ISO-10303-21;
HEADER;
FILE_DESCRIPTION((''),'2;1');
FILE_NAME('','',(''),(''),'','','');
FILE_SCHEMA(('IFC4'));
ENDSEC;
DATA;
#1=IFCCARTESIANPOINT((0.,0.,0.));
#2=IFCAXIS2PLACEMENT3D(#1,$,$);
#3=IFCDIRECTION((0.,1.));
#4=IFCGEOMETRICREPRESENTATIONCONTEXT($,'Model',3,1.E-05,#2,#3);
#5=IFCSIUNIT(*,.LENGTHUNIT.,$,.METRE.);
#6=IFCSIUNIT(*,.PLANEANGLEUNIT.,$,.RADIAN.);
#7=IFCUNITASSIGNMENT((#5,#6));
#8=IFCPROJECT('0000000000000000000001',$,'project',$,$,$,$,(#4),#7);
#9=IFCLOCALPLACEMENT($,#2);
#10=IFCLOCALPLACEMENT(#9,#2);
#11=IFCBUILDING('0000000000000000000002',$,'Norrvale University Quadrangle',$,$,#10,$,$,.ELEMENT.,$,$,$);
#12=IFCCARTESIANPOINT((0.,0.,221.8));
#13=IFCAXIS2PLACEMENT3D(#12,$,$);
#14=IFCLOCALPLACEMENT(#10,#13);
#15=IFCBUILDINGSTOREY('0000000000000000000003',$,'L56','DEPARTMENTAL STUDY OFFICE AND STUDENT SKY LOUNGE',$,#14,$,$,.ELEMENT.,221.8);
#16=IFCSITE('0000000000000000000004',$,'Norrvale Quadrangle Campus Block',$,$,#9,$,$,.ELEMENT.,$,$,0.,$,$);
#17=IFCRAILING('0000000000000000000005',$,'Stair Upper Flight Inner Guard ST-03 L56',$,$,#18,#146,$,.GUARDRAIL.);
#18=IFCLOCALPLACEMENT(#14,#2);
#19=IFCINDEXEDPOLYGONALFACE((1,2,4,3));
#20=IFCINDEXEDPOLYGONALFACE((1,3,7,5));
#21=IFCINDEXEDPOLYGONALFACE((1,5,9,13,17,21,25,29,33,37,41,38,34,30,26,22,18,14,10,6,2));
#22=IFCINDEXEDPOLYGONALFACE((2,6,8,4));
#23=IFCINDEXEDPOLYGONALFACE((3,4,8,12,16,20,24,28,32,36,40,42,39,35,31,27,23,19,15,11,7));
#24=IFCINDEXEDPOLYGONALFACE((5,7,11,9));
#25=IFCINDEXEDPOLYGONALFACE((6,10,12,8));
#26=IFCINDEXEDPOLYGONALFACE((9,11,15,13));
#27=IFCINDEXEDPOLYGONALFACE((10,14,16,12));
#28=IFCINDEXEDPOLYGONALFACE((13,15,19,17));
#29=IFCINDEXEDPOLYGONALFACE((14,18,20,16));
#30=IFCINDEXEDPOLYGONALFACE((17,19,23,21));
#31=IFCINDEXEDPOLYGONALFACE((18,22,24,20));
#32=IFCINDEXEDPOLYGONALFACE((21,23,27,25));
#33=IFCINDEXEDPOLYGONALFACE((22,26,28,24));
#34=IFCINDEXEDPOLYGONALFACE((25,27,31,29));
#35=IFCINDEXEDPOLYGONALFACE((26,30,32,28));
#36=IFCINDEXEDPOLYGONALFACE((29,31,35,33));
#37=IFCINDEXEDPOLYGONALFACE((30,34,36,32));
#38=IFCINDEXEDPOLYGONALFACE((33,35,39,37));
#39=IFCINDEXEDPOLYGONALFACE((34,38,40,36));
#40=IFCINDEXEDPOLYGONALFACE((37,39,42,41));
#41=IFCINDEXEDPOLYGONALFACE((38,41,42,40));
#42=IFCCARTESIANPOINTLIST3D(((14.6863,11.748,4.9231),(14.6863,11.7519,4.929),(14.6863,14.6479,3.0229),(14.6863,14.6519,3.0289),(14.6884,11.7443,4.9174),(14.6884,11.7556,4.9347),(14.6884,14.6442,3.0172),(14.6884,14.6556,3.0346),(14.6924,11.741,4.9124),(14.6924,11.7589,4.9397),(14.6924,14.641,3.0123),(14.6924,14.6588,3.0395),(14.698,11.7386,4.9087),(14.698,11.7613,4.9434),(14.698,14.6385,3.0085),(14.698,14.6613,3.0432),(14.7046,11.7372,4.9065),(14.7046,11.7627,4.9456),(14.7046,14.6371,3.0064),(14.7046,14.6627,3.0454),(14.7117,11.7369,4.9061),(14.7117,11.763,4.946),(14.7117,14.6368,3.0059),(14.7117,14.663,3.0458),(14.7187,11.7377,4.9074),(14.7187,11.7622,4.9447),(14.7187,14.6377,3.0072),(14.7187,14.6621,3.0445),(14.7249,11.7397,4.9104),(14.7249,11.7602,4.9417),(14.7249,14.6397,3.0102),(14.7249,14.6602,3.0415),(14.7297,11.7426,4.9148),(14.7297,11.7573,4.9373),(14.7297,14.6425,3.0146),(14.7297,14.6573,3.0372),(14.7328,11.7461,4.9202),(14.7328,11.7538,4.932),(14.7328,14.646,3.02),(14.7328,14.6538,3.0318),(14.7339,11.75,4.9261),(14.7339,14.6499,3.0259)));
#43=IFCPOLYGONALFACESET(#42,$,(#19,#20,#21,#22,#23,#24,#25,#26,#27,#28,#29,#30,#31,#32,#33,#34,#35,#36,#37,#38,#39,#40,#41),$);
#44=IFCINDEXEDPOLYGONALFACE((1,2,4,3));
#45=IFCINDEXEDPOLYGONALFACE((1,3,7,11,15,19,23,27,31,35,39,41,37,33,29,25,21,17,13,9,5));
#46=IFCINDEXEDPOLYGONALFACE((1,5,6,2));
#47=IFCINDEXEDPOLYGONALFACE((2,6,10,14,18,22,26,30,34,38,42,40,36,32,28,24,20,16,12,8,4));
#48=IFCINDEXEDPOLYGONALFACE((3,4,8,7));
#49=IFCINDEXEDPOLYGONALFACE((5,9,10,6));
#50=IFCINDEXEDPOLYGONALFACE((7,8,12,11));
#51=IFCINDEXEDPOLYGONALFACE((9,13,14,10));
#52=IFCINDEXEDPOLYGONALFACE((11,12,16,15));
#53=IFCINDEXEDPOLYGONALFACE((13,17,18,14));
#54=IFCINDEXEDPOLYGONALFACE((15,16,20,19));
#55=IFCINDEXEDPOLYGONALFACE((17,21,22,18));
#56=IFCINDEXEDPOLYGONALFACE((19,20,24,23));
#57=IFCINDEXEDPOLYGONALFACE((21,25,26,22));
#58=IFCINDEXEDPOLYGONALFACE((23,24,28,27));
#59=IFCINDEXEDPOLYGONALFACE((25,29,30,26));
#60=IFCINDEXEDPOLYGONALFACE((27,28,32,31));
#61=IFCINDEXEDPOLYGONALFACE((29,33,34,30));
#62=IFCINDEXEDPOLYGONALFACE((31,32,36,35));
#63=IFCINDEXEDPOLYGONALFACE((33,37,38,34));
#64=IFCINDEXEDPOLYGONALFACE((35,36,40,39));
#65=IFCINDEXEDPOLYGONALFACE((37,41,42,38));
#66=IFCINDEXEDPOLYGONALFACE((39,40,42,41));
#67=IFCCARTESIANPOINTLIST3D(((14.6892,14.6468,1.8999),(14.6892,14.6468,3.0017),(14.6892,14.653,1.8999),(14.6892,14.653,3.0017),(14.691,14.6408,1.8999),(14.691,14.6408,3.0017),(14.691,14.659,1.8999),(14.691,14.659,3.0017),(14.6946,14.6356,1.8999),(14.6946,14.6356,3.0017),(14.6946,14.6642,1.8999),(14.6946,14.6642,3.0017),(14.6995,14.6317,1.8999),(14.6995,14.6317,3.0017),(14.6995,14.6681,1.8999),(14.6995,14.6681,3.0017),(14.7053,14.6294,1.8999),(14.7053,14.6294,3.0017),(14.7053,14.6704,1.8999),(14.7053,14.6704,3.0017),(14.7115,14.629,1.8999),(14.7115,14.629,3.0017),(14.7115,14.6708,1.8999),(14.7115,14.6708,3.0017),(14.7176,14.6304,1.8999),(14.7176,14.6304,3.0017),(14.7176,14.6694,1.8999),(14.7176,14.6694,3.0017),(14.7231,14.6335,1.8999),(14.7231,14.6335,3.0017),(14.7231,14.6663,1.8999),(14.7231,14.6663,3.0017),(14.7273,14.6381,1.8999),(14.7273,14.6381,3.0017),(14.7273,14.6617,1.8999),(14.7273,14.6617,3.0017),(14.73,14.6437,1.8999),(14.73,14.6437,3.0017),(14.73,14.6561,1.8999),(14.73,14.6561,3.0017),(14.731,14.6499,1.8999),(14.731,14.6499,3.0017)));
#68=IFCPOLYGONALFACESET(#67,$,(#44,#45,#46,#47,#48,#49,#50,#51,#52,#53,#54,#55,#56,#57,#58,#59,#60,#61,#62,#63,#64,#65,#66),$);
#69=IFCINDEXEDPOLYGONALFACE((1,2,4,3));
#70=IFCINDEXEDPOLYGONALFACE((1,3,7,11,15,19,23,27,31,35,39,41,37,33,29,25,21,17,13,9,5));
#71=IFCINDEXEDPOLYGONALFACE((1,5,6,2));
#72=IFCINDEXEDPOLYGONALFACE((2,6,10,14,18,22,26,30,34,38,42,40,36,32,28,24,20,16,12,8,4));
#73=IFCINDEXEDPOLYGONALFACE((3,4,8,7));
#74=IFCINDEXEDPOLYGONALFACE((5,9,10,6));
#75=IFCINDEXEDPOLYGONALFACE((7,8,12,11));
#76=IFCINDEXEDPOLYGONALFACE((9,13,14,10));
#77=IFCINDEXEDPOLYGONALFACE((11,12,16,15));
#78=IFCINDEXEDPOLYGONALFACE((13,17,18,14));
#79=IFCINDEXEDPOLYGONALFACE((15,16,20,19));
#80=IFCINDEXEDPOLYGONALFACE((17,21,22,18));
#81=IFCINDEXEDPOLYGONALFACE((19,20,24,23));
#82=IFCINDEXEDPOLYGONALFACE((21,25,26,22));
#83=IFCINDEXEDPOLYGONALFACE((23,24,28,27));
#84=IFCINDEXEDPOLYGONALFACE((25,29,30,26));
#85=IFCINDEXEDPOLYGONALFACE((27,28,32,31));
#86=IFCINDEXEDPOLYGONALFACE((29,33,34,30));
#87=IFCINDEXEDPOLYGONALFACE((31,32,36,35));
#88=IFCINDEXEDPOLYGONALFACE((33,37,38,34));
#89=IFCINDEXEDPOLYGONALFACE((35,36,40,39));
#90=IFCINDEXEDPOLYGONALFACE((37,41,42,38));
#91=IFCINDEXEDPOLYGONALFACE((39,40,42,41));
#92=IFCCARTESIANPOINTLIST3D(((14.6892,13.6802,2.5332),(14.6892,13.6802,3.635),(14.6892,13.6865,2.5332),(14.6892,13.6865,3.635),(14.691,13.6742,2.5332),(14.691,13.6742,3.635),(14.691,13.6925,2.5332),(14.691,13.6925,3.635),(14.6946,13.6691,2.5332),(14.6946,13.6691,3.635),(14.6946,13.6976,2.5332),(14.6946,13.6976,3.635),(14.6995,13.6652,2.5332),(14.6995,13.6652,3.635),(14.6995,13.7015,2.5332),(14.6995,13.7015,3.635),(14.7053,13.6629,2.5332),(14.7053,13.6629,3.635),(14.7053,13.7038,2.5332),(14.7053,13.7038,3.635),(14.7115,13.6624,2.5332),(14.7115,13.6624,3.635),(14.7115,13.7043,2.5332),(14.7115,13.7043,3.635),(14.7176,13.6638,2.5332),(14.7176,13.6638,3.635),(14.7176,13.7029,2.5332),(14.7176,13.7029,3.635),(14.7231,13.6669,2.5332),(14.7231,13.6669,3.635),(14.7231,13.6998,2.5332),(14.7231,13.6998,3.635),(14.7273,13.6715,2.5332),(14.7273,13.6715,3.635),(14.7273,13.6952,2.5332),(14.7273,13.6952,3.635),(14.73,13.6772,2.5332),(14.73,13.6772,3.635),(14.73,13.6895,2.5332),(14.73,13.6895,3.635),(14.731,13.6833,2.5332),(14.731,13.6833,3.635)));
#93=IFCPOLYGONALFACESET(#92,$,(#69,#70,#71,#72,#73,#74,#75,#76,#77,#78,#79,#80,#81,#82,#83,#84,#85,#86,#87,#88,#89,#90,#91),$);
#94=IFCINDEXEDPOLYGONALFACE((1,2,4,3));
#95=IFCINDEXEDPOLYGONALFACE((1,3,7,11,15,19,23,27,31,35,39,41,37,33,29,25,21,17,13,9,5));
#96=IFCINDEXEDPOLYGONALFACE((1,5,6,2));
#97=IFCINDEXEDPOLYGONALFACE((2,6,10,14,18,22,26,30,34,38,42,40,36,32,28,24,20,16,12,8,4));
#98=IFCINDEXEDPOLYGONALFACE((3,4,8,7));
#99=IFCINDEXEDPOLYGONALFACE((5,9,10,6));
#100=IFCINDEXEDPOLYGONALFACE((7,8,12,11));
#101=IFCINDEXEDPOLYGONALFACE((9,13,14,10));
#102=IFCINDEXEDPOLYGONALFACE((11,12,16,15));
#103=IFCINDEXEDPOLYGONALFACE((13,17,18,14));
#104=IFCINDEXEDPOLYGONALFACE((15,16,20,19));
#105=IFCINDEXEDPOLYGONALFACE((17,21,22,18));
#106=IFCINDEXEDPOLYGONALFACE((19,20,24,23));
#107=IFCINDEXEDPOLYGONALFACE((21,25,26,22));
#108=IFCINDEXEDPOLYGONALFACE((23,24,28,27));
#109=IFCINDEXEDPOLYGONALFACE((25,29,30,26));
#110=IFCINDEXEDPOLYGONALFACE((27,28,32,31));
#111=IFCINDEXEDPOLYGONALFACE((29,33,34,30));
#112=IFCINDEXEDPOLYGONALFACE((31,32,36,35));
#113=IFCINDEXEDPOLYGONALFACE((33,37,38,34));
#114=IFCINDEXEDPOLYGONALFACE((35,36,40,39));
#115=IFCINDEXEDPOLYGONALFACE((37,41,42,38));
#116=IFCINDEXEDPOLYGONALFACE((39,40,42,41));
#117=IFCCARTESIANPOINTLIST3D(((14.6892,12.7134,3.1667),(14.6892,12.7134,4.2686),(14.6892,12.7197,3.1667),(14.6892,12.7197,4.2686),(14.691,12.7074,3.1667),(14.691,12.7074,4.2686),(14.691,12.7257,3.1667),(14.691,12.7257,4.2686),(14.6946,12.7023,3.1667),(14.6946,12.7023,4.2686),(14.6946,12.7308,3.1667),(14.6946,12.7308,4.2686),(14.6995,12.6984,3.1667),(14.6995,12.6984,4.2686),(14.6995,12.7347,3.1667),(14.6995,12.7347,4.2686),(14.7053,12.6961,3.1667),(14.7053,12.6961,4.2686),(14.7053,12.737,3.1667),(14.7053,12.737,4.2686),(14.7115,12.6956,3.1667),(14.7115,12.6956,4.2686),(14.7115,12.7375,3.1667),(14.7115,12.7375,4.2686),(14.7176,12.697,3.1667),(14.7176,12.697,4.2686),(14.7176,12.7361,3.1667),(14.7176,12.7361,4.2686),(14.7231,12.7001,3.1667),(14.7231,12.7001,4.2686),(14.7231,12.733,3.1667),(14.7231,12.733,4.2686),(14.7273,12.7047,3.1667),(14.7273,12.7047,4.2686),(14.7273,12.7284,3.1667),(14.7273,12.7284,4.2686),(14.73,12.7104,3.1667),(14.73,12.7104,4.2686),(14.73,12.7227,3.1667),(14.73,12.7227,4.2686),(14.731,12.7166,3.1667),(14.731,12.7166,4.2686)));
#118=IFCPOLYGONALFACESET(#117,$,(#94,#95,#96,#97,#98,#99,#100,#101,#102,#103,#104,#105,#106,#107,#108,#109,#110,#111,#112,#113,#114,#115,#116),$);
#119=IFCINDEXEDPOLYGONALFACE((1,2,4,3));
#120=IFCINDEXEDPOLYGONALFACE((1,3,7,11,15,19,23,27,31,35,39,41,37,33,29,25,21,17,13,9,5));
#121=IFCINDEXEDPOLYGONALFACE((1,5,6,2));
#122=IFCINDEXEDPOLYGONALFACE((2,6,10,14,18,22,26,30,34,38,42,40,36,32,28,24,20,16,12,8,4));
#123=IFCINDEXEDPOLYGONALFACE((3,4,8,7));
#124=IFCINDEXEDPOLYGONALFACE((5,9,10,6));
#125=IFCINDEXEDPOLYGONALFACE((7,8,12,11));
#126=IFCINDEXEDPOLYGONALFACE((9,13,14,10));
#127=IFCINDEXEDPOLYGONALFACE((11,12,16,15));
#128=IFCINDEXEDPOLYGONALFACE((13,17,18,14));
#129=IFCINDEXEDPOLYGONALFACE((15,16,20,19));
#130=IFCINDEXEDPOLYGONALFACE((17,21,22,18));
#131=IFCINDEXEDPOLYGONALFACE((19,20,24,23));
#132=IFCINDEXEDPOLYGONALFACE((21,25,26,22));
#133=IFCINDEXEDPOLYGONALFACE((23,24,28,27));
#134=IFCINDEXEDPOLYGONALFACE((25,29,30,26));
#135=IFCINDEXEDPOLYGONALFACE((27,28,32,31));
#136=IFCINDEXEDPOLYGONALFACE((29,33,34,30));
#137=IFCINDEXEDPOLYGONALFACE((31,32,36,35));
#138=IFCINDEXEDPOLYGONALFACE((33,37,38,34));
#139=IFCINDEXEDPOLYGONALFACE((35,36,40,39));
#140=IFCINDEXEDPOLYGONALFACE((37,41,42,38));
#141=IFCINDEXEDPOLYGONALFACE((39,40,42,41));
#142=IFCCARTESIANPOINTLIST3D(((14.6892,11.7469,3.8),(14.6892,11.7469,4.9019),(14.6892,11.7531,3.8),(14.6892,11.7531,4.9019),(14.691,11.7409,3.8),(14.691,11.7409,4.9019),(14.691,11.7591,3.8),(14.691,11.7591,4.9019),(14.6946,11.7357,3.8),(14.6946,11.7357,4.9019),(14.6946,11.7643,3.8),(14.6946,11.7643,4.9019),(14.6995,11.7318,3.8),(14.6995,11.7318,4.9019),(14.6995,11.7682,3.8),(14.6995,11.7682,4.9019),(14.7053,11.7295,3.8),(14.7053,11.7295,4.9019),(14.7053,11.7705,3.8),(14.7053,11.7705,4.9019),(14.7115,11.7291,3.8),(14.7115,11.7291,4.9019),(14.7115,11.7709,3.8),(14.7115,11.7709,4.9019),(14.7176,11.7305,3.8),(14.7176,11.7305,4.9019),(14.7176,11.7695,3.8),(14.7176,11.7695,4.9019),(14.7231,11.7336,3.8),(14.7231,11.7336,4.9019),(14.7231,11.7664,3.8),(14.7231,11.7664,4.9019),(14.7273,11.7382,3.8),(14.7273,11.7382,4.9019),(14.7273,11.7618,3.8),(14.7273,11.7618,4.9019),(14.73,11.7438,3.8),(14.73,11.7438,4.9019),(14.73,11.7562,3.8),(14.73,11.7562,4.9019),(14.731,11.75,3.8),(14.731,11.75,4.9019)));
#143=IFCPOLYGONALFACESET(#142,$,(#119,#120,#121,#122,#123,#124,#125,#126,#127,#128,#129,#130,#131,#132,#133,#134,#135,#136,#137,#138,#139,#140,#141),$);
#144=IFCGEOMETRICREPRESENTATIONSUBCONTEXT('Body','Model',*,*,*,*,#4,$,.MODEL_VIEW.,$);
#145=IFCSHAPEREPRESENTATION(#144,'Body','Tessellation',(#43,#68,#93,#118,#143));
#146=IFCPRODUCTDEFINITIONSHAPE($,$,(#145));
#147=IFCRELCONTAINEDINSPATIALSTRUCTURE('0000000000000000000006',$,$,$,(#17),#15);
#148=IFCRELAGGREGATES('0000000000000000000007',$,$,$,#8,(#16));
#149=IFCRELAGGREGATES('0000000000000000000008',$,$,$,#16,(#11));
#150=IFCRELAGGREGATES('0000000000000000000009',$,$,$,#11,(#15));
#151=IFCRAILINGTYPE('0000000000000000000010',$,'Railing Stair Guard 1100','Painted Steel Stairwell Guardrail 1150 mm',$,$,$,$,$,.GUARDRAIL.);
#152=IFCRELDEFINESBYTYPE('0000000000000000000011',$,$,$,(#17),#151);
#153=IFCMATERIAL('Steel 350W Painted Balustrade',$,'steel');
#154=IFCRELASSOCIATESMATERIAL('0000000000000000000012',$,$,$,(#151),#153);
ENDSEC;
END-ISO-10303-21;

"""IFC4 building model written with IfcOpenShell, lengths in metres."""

from ifc_helpers import new_model, si_unit, direction, frame, origin, origin_2d, place, context, subcontext, project, spatial, circle, extrude, material, type_object, element, save


model = new_model("IFC4")

# Units and contexts
model_context = context("Model", 3, precision=1e-05, world=origin(), true_north=direction((0.0, 1.0)))
body_context = subcontext(model_context, "Body", "Model", "MODEL_VIEW")
ifc_project = project(units=[si_unit("LENGTHUNIT", "METRE"), si_unit("PLANEANGLEUNIT", "RADIAN")], contexts=[model_context])

# Site, building, storey
site_placement = place(None, origin())
site = spatial("IfcSite", under=ifc_project, at=site_placement, Name="Norrvale Quadrangle Campus Block", CompositionType="ELEMENT", RefElevation=0.0)
building_placement = place(site_placement, origin())
building = spatial("IfcBuilding", under=site, at=building_placement, Name="Norrvale University Quadrangle", CompositionType="ELEMENT")
storey_placement = place(building_placement, frame((0.0, 0.0, 221.8)))
storey = spatial("IfcBuildingStorey", under=building, at=storey_placement, Name="L56", Description="DEPARTMENTAL STUDY OFFICE AND STUDENT SKY LOUNGE", CompositionType="ELEMENT", Elevation=221.8)

# Railing
ifc_material_1 = material(Name="Steel 350W Painted Balustrade", Category="steel")
railing_type_1 = type_object("IfcRailingType", Name="Railing Stair Guard 1100", Description="Painted Steel Stairwell Guardrail 1150 mm", PredefinedType="GUARDRAIL", material=ifc_material_1)
railing_1_placement = place(storey_placement, frame((14.71, 14.6499, 1.8999)))
element("IfcRailing", 1, at=railing_1_placement, inside=storey, type_object=railing_type_1, Name="Stair Upper Flight Inner Guard ST-03 L56", PredefinedType="GUARDRAIL", context=body_context, shape_type="SweptSolid", body=[
    extrude(circle(Radius=0.0239, at=origin_2d()), frame((0.0, 0.0, 1.126), z_axis=(0.0, -0.836433, 0.548069), x_axis=(1.0, 0.0, 0.0)), (0.0, 0.0, 1.0), 3.467),
    extrude(circle(Radius=0.021, at=origin_2d()), origin(), (0.0, 0.0, 1.0), 1.1018),
    extrude(circle(Radius=0.021, at=origin_2d()), frame((0.0, -0.9666, 0.6333)), (0.0, 0.0, 1.0), 1.1018),
    extrude(circle(Radius=0.021, at=origin_2d()), frame((0.0, -1.9333, 1.2668)), (0.0, 0.0, 1.0), 1.1018),
    extrude(circle(Radius=0.021, at=origin_2d()), frame((0.0, -2.8999, 1.9001)), (0.0, 0.0, 1.0), 1.1018),
])

save(model, "model.ifc")
